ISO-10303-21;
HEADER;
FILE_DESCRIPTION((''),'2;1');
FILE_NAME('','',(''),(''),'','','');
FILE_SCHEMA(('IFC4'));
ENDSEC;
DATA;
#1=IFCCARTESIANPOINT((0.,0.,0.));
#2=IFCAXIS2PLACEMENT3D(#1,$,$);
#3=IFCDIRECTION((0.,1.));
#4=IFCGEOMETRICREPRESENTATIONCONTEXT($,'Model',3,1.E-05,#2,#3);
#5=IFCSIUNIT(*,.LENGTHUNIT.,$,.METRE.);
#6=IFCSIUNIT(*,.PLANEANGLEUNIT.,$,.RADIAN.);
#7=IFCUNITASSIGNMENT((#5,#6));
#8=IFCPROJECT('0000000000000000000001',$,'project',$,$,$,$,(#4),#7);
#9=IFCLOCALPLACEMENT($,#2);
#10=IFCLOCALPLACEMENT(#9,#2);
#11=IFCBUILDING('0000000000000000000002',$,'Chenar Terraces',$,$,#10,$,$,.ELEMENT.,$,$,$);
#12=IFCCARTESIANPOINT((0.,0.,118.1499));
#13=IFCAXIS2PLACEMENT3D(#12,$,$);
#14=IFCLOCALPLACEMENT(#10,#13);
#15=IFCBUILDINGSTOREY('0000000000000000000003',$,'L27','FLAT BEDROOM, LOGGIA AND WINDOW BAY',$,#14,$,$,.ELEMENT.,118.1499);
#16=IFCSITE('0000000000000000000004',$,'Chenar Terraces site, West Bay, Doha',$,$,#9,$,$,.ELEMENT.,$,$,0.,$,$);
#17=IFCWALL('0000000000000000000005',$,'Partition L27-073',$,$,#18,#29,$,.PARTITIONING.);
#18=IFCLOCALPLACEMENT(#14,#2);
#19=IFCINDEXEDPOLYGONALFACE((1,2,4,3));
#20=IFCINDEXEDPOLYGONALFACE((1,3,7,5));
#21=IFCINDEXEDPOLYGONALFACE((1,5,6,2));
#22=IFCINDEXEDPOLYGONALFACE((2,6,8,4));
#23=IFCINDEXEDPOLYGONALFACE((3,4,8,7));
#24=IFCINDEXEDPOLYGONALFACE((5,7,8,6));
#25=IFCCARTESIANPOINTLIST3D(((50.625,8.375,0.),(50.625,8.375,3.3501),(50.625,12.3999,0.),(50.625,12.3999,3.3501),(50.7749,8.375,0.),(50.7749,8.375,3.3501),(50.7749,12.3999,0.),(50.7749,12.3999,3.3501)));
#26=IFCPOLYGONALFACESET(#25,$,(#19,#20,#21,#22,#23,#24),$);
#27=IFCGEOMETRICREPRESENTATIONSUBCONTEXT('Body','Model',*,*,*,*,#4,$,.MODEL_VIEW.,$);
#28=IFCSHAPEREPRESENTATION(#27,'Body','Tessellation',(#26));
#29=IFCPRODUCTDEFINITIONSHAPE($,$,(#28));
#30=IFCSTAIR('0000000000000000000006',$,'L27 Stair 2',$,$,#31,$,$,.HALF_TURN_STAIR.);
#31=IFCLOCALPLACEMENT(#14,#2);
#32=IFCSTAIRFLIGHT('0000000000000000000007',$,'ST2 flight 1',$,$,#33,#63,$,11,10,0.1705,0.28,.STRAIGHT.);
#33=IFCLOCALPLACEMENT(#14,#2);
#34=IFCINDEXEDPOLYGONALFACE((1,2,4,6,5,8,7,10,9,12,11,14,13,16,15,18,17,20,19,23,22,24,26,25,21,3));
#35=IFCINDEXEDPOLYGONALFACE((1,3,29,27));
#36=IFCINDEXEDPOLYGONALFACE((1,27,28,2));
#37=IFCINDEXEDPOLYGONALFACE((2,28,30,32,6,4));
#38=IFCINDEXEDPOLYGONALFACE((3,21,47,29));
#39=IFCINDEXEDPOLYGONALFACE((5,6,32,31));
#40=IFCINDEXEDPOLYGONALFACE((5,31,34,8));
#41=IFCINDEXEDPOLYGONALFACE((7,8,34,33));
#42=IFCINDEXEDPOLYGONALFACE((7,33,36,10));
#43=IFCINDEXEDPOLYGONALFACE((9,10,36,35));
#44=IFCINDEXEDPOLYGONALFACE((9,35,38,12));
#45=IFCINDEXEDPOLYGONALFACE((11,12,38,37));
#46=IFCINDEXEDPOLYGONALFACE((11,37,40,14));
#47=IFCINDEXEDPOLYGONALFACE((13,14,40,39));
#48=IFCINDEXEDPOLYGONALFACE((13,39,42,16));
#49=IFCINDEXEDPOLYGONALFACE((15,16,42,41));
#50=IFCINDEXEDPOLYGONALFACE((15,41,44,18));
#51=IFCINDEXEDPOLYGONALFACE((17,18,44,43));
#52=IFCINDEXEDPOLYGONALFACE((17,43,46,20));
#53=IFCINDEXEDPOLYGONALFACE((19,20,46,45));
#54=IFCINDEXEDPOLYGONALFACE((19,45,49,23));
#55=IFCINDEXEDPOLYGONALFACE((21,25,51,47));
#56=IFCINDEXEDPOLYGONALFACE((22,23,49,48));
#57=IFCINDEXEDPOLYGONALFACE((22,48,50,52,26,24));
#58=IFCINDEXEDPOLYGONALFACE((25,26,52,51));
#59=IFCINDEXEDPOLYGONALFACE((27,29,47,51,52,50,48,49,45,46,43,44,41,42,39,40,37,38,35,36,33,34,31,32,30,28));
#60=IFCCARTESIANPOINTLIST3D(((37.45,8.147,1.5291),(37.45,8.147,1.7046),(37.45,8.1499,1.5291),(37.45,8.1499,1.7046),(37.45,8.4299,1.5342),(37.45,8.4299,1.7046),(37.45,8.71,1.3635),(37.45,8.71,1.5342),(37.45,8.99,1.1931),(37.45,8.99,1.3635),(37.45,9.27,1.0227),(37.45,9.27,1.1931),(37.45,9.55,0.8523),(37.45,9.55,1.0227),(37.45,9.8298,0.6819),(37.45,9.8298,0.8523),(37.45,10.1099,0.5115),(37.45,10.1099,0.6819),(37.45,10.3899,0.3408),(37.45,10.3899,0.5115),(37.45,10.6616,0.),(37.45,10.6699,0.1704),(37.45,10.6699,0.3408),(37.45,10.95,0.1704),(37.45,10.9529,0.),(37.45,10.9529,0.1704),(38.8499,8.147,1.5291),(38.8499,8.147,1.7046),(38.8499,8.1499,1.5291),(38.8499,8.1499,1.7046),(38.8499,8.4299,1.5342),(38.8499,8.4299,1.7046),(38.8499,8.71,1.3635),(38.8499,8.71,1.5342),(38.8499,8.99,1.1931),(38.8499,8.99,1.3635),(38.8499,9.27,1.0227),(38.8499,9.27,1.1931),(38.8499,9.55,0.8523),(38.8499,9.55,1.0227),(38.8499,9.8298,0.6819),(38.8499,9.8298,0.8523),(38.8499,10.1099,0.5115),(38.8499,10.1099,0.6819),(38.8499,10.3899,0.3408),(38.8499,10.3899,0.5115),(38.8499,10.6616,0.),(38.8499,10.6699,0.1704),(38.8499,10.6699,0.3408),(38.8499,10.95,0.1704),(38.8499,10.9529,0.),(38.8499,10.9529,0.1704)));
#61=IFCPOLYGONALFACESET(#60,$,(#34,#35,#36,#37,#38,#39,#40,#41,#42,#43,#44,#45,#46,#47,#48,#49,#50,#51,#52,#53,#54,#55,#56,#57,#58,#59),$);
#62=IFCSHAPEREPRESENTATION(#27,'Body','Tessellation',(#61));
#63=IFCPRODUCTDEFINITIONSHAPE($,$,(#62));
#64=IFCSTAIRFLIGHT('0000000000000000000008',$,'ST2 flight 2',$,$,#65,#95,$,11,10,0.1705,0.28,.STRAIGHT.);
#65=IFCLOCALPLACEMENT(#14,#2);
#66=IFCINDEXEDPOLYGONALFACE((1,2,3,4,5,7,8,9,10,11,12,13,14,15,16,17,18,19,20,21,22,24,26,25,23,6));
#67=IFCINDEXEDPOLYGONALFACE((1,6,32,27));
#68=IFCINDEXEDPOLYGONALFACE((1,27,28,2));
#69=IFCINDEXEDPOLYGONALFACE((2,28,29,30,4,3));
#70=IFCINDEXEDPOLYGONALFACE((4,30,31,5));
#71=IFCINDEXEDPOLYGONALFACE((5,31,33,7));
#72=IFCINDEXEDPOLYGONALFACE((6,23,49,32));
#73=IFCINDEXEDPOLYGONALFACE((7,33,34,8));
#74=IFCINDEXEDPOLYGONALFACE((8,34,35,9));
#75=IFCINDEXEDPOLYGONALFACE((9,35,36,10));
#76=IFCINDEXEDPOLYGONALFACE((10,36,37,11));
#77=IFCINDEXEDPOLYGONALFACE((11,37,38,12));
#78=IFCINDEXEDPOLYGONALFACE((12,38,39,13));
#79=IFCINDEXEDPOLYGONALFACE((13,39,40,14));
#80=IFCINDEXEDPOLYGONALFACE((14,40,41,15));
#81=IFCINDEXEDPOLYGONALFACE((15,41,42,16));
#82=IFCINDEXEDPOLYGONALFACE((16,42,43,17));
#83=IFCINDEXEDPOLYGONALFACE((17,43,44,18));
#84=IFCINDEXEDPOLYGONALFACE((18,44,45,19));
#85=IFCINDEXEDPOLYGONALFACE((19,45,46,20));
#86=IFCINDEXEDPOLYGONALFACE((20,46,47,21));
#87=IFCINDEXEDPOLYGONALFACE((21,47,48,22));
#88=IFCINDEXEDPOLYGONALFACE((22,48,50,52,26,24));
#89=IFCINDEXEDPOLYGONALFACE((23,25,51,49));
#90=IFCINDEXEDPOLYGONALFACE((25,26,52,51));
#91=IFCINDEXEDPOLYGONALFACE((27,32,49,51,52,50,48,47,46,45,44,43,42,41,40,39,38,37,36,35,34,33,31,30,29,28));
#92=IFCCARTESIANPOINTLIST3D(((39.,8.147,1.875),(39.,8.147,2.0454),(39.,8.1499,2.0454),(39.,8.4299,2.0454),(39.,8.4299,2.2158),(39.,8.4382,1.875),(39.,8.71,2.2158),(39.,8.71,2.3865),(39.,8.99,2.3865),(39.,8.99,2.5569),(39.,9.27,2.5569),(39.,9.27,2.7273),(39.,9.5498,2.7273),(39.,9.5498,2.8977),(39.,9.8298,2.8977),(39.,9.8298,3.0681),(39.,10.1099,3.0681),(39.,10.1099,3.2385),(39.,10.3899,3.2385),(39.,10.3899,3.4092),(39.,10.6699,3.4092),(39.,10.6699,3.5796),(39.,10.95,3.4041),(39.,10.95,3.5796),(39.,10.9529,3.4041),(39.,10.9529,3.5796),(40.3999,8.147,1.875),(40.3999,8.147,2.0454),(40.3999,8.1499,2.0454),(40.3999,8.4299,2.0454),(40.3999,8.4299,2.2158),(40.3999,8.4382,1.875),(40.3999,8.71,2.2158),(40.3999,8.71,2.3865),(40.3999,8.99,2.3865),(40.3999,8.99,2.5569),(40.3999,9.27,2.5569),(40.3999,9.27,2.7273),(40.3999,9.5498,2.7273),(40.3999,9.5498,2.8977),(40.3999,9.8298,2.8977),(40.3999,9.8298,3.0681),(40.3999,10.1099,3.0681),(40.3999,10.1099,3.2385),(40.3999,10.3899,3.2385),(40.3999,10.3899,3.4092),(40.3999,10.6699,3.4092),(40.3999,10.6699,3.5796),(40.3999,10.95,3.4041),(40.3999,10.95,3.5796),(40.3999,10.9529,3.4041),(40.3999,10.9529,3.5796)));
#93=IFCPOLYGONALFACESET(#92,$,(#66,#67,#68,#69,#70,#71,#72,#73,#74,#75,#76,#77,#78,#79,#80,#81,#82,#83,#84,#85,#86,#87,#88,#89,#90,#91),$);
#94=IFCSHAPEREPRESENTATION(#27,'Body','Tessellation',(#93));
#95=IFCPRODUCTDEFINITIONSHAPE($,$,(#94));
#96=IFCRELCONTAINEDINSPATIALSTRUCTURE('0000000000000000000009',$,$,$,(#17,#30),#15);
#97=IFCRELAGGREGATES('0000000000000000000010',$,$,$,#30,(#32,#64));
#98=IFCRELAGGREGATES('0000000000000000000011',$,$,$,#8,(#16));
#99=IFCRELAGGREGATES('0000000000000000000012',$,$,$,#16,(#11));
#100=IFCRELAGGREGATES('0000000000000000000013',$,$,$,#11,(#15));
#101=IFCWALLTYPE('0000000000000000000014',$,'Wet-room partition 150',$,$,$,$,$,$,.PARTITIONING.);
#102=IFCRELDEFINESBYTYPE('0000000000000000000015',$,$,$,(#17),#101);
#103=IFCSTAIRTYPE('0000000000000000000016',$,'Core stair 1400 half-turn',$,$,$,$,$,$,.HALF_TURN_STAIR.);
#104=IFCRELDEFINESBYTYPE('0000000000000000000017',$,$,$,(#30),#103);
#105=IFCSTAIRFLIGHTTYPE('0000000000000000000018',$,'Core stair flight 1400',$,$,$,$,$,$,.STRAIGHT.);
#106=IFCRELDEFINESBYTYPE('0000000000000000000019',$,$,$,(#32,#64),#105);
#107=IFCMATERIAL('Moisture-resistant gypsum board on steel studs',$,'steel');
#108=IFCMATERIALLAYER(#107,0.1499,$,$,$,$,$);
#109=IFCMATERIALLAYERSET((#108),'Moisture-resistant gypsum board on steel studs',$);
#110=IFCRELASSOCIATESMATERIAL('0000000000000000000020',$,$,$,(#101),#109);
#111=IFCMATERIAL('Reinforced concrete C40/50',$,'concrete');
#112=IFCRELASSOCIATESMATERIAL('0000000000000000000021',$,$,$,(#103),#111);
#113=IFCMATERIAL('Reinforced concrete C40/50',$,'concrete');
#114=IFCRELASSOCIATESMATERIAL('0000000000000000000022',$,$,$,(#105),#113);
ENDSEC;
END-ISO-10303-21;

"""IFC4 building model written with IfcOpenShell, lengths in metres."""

from ifc_helpers import new_model, si_unit, direction, frame, frame_2d, origin, place, context, subcontext, project, spatial, polyline, rectangle, outline, extrude, material, layer, layer_set, type_object, element, aggregate, save


model = new_model("IFC4")

# Units and contexts
model_context = context("Model", 3, precision=1e-05, world=origin(), true_north=direction((0.0, 1.0)))
body_context = subcontext(model_context, "Body", "Model", "MODEL_VIEW")
ifc_project = project(units=[si_unit("LENGTHUNIT", "METRE"), si_unit("PLANEANGLEUNIT", "RADIAN")], contexts=[model_context])

# Site, building, storey
site_placement = place(None, origin())
site = spatial("IfcSite", under=ifc_project, at=site_placement, Name="Chenar Terraces site, West Bay, Doha", CompositionType="ELEMENT", RefElevation=0.0)
building_placement = place(site_placement, origin())
building = spatial("IfcBuilding", under=site, at=building_placement, Name="Chenar Terraces", CompositionType="ELEMENT")
storey_placement = place(building_placement, frame((0.0, 0.0, 118.1499)))
storey = spatial("IfcBuildingStorey", under=building, at=storey_placement, Name="L27", Description="FLAT BEDROOM, LOGGIA AND WINDOW BAY", CompositionType="ELEMENT", Elevation=118.1499)

# Shared definitions
ifc_material_1 = material(Name="Moisture-resistant gypsum board on steel studs", Category="steel")
ifc_layer_1 = layer(ifc_material_1, 0.1499)
ifc_layer_set_1 = layer_set([ifc_layer_1], Name="Moisture-resistant gypsum board on steel studs")
wall_type_1 = type_object("IfcWallType", Name="Wet-room partition 150", PredefinedType="PARTITIONING", material=ifc_layer_set_1)

# Wall
wall_1_placement = place(storey_placement, frame((50.7, 8.375, 0.0), z_axis=(0.0, 0.0, 1.0), x_axis=(0.0, 1.0, 0.0)))
element("IfcWall", 1, at=wall_1_placement, inside=storey, type_object=wall_type_1, Name="Partition L27-073", PredefinedType="PARTITIONING", context=body_context, shape_type="SweptSolid", body=[
    extrude(rectangle(XDim=4.0249, YDim=0.1499, at=frame_2d((2.0125, 0.0))), origin(), (0.0, 0.0, 1.0), 3.3501),
])

# Stair, stair flights
ifc_material_2 = material(Name="Reinforced concrete C40/50", Category="concrete")
stair_type = type_object("IfcStairType", Name="Core stair 1400 half-turn", PredefinedType="HALF_TURN_STAIR", material=ifc_material_2)
stair_placement = place(storey_placement, origin())
stair = element("IfcStair", 2, at=stair_placement, inside=storey, type_object=stair_type, Name="L27 Stair 2", PredefinedType="HALF_TURN_STAIR")
ifc_material_3 = material(Name="Reinforced concrete C40/50", Category="concrete")
stair_flight_type = type_object("IfcStairFlightType", Name="Core stair flight 1400", PredefinedType="STRAIGHT", material=ifc_material_3)
stair_flight_1_placement = place(storey_placement, frame((38.1499, 10.95, 0.0), z_axis=(0.0, 0.0, 1.0), x_axis=(0.0, -1.0, 0.0)))
stair_flight_1 = element("IfcStairFlight", 3, at=stair_flight_1_placement, type_object=stair_flight_type, Name="ST2 flight 1", NumberOfRisers=11, NumberOfTreads=10, PredefinedType="STRAIGHT", RiserHeight=0.1705, TreadLength=0.28, context=body_context, shape_type="SweptSolid", body=[
    extrude(outline(polyline([(-0.0029, 0.0), (-0.0029, 0.1704), (0.0, 0.1704), (0.28, 0.1704), (0.28, 0.3408), (0.5601, 0.3408), (0.5601, 0.5115), (0.8401, 0.5115), (0.8401, 0.6819), (1.1201, 0.6819), (1.1201, 0.8523), (1.3999, 0.8523), (1.3999, 1.0227), (1.6799, 1.0227), (1.6799, 1.1931), (1.96, 1.1931), (1.96, 1.3635), (2.24, 1.3635), (2.24, 1.5342), (2.52, 1.5342), (2.52, 1.7046), (2.8, 1.7046), (2.803, 1.7046), (2.803, 1.5291), (2.8, 1.5291), (0.2883, 0.0), (-0.0029, 0.0)])), frame((0.0, 0.7, 0.0), z_axis=(0.0, -1.0, 0.0), x_axis=(1.0, 0.0, 0.0)), (0.0, 0.0, 1.0), 1.3999),
])
stair_flight_2_placement = place(storey_placement, frame((39.7, 8.1499, 1.875), z_axis=(0.0, 0.0, 1.0), x_axis=(0.0, 1.0, 0.0)))
stair_flight_2 = element("IfcStairFlight", 4, at=stair_flight_2_placement, type_object=stair_flight_type, Name="ST2 flight 2", NumberOfRisers=11, NumberOfTreads=10, PredefinedType="STRAIGHT", RiserHeight=0.1705, TreadLength=0.28, context=body_context, shape_type="SweptSolid", body=[
    extrude(outline(polyline([(-0.0029, 0.0), (-0.0029, 0.1704), (0.0, 0.1704), (0.28, 0.1704), (0.28, 0.3408), (0.5601, 0.3408), (0.5601, 0.5115), (0.8401, 0.5115), (0.8401, 0.6819), (1.1201, 0.6819), (1.1201, 0.8523), (1.3999, 0.8523), (1.3999, 1.0227), (1.6799, 1.0227), (1.6799, 1.1931), (1.96, 1.1931), (1.96, 1.3635), (2.24, 1.3635), (2.24, 1.5342), (2.52, 1.5342), (2.52, 1.7046), (2.8, 1.7046), (2.803, 1.7046), (2.803, 1.5291), (2.8, 1.5291), (0.2883, 0.0), (-0.0029, 0.0)])), frame((0.0, 0.7, 0.0), z_axis=(0.0, -1.0, 0.0), x_axis=(1.0, 0.0, 0.0)), (0.0, 0.0, 1.0), 1.3999),
])
aggregate(stair, [stair_flight_1, stair_flight_2])

save(model, "model.ifc")
